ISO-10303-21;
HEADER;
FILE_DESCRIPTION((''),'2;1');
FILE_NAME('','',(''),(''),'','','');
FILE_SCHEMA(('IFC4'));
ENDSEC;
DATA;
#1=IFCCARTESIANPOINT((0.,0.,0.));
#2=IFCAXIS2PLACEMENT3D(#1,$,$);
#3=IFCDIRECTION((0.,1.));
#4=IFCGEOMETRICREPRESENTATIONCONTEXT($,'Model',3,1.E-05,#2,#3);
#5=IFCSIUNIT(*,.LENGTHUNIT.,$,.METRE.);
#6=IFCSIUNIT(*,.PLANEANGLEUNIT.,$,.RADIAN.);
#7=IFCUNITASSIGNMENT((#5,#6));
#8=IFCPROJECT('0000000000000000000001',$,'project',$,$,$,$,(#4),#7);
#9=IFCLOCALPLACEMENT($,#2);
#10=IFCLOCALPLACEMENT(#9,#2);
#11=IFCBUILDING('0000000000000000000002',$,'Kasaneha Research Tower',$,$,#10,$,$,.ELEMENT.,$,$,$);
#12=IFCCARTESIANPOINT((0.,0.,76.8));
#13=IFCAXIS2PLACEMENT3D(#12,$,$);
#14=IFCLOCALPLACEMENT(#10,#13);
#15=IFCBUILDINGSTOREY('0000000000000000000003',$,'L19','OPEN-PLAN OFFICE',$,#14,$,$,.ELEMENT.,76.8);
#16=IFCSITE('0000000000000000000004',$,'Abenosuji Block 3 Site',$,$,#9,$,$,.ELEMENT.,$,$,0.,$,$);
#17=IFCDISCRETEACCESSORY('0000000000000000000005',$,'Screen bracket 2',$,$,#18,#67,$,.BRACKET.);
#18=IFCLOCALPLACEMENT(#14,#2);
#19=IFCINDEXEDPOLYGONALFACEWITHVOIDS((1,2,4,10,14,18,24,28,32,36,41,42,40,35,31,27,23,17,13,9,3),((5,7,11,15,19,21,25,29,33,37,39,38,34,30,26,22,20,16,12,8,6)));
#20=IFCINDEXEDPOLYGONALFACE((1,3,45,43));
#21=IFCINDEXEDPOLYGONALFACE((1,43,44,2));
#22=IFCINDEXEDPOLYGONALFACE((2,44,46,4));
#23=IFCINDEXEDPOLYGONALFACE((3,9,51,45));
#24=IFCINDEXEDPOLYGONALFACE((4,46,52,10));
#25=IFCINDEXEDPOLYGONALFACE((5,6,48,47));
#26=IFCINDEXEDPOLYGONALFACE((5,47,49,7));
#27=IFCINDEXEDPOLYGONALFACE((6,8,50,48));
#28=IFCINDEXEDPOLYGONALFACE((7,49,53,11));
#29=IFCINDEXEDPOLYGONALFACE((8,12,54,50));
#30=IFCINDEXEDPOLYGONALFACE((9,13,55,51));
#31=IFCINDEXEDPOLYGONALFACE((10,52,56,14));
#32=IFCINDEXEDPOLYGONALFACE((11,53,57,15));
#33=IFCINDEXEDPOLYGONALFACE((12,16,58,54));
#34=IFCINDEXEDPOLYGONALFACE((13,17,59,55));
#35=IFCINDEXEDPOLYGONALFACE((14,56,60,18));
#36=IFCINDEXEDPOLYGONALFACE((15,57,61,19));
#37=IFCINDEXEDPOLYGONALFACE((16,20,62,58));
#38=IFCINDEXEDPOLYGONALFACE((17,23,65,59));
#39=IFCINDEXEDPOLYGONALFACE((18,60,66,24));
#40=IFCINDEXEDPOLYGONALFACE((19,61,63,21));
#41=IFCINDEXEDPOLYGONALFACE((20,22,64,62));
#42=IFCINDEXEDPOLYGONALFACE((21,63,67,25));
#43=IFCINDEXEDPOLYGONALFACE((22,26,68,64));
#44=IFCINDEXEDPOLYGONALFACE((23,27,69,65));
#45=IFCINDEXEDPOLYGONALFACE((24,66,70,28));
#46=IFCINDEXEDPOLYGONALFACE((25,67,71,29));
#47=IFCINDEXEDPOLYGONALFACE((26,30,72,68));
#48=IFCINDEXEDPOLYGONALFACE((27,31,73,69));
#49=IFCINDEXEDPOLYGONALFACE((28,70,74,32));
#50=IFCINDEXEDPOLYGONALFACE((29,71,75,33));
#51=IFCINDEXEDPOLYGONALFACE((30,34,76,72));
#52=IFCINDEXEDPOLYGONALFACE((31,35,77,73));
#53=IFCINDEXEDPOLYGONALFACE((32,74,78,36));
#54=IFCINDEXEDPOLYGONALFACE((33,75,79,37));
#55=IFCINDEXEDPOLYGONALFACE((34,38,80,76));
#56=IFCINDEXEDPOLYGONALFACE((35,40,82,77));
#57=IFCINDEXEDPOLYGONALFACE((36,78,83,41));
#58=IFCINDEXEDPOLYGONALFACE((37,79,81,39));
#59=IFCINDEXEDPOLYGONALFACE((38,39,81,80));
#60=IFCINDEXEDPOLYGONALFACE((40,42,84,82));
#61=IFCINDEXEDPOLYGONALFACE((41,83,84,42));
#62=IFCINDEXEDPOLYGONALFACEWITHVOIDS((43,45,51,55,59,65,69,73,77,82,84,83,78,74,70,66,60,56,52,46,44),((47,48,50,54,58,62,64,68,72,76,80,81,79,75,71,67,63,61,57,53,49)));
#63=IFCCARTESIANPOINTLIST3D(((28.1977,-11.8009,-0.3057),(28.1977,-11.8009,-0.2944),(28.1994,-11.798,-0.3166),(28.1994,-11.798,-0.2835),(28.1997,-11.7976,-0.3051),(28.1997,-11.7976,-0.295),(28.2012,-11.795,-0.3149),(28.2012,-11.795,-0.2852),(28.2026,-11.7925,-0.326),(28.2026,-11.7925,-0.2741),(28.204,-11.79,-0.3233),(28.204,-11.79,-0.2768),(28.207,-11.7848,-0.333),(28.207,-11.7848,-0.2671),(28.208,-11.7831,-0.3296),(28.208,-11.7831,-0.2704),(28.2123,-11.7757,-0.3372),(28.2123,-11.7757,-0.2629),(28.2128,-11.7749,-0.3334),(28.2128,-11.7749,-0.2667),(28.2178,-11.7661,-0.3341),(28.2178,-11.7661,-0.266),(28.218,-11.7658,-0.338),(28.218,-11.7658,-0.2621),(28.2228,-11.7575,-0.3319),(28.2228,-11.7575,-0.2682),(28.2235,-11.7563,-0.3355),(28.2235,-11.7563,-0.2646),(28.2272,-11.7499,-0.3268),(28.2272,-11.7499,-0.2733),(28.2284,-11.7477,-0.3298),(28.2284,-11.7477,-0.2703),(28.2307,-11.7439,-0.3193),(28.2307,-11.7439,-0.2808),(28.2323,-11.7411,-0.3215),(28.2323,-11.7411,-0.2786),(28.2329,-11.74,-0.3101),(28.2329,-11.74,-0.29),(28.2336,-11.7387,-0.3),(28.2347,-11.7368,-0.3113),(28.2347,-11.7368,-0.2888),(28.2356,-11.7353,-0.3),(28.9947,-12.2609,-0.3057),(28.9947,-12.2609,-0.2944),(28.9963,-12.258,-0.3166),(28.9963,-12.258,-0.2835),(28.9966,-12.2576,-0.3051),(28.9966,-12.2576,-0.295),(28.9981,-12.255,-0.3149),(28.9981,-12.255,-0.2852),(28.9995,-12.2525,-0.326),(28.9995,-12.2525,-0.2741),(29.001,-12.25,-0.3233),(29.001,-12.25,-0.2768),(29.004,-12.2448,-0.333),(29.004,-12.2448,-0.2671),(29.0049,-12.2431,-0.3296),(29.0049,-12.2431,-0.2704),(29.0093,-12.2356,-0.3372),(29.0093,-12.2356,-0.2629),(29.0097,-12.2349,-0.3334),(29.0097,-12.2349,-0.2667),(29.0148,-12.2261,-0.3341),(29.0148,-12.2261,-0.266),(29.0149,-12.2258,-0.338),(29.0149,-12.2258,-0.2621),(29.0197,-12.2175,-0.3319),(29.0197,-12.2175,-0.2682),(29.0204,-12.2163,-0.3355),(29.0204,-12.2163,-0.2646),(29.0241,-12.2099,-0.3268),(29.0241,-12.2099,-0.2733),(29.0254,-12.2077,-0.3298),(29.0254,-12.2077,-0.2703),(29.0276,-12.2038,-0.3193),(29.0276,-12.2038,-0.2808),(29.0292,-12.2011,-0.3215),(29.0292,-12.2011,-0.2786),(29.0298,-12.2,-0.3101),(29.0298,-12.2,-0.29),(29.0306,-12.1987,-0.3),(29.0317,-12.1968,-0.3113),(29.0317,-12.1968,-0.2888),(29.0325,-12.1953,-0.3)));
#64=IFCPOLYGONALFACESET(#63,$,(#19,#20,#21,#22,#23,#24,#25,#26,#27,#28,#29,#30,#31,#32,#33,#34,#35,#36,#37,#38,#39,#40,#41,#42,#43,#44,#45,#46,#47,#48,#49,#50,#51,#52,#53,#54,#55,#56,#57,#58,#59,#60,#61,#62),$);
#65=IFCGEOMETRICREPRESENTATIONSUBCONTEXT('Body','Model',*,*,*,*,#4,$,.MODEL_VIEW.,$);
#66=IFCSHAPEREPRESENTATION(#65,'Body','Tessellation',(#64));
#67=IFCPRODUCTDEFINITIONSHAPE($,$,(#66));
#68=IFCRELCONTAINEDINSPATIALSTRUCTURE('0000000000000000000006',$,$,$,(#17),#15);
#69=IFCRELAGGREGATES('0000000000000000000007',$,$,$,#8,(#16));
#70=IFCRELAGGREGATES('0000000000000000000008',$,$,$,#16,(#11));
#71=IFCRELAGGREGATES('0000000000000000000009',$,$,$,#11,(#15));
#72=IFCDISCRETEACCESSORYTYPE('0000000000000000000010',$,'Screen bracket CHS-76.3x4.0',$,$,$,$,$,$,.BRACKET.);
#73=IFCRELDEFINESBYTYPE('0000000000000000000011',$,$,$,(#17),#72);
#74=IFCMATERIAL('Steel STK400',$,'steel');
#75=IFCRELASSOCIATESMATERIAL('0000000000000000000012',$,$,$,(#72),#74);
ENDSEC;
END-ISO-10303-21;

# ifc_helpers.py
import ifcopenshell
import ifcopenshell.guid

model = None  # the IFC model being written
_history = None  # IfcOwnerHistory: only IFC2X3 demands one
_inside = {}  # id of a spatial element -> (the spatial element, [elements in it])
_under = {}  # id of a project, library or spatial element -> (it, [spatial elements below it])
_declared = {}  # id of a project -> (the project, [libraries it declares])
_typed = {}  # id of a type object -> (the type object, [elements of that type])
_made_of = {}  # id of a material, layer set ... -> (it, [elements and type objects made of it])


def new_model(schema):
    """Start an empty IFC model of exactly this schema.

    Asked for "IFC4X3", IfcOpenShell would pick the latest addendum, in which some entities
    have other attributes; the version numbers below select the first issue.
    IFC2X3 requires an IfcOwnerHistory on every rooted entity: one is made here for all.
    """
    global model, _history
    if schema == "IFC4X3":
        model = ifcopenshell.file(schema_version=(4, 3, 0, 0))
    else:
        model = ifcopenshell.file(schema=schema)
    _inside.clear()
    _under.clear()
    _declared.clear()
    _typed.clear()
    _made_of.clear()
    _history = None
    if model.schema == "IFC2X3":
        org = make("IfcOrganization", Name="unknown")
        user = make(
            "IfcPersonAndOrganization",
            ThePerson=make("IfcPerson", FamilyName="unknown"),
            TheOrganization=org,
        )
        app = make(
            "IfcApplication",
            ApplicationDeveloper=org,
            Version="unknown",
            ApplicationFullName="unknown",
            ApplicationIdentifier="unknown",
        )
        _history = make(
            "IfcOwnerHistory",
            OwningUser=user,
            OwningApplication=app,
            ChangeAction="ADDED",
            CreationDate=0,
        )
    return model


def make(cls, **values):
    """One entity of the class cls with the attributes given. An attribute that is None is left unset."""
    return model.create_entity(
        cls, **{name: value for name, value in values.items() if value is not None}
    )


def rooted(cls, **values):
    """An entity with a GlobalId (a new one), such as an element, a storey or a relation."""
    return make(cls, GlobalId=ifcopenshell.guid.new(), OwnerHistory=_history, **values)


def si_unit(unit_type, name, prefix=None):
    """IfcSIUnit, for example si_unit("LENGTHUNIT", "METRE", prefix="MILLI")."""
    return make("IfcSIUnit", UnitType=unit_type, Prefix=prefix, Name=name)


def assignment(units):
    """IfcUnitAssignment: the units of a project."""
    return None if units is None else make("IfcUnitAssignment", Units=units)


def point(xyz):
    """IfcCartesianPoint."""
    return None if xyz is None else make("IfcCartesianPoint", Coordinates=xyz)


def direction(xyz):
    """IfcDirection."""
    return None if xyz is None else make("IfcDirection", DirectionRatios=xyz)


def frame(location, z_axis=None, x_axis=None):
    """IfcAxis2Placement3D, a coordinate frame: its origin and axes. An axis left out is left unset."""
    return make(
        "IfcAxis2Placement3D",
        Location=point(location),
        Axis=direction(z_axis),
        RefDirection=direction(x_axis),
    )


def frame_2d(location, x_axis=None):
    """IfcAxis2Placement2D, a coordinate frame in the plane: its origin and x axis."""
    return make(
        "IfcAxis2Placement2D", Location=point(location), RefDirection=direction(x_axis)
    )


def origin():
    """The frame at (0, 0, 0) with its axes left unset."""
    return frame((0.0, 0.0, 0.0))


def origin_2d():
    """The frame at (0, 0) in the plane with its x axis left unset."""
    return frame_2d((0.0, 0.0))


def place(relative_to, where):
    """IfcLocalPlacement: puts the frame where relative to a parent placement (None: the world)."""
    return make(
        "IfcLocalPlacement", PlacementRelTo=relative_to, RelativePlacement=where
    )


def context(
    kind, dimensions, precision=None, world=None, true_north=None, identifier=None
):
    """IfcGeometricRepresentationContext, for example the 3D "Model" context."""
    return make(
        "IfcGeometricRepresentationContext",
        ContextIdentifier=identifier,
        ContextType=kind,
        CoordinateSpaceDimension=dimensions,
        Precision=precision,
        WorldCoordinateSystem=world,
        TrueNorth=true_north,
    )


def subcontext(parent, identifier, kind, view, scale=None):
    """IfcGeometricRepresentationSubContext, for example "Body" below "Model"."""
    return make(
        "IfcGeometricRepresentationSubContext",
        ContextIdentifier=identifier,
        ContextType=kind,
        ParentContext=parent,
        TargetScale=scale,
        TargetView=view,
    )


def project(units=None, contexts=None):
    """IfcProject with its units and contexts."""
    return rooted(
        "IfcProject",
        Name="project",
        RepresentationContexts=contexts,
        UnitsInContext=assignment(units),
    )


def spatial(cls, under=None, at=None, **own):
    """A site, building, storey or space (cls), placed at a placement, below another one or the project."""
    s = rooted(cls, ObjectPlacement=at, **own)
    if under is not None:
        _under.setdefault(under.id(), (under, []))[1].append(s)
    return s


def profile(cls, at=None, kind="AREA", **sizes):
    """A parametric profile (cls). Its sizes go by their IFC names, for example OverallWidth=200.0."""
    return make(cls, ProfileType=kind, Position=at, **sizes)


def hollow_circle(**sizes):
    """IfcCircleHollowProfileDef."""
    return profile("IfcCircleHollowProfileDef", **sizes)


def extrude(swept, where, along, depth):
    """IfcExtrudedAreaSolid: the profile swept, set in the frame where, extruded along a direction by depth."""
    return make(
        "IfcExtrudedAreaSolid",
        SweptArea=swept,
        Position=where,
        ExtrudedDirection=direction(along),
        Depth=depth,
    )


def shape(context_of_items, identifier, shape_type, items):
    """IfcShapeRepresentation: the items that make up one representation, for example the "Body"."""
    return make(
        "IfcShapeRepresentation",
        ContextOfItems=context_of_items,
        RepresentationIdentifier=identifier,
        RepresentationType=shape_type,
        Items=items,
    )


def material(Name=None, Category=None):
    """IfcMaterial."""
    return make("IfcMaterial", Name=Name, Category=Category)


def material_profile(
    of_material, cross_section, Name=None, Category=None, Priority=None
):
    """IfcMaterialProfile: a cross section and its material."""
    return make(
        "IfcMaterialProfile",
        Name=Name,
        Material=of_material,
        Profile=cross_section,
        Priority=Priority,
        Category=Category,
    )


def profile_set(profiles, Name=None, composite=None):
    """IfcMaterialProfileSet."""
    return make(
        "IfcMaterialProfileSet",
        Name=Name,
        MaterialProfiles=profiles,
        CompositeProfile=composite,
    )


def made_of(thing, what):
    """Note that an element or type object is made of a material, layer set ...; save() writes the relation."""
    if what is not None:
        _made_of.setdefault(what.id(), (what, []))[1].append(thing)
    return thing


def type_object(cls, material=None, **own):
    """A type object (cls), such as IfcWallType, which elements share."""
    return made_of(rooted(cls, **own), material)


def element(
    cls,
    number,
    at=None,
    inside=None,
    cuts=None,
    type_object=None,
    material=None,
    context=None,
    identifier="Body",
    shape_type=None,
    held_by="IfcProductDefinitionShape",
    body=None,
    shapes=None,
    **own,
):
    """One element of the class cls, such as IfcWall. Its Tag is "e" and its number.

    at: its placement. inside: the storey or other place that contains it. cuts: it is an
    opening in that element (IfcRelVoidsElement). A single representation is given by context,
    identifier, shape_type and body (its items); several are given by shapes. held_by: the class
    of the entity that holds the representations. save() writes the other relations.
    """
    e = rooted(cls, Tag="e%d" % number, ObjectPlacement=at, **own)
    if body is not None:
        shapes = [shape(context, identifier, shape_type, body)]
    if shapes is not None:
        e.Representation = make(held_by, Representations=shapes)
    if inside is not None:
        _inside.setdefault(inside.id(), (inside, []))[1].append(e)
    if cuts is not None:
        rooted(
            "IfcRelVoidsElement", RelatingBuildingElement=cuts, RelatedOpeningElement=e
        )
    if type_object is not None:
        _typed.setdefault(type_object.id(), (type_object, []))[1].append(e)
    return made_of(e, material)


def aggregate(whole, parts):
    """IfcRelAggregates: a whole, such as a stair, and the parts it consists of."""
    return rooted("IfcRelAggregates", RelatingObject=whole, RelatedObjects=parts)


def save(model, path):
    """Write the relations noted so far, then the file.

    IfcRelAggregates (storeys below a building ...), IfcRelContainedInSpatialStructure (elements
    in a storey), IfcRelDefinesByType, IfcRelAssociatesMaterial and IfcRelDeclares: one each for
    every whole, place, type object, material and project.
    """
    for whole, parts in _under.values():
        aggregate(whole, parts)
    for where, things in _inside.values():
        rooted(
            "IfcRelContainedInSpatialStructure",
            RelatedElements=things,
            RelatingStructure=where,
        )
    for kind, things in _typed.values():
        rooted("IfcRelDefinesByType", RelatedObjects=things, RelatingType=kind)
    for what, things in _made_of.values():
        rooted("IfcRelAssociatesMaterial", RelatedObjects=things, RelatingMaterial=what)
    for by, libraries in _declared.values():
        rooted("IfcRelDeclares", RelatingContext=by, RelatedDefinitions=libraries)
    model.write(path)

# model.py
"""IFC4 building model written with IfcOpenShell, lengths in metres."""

from ifc_helpers import new_model, si_unit, direction, frame, origin, origin_2d, place, context, subcontext, project, spatial, hollow_circle, extrude, material, material_profile, profile_set, type_object, element, save


model = new_model("IFC4")

# Units and contexts
model_context = context("Model", 3, precision=1e-05, world=origin(), true_north=direction((0.0, 1.0)))
body_context = subcontext(model_context, "Body", "Model", "MODEL_VIEW")
ifc_project = project(units=[si_unit("LENGTHUNIT", "METRE"), si_unit("PLANEANGLEUNIT", "RADIAN")], contexts=[model_context])

# Site, building, storey
site_placement = place(None, origin())
site = spatial("IfcSite", under=ifc_project, at=site_placement, Name="Abenosuji Block 3 Site", CompositionType="ELEMENT", RefElevation=0.0)
building_placement = place(site_placement, origin())
building = spatial("IfcBuilding", under=site, at=building_placement, Name="Kasaneha Research Tower", CompositionType="ELEMENT")
storey_placement = place(building_placement, frame((0.0, 0.0, 76.8)))
storey = spatial("IfcBuildingStorey", under=building, at=storey_placement, Name="L19", Description="OPEN-PLAN OFFICE", CompositionType="ELEMENT", Elevation=76.8)

# Discrete accessory
ifc_material_1 = material(Name="Steel STK400", Category="steel")
ifc_material_profile_1 = material_profile(ifc_material_1, hollow_circle(Radius=0.0381, WallThickness=0.0039, at=origin_2d()), Name="CHS-76.3x4.0")
ifc_profile_set_1 = profile_set([ifc_material_profile_1], Name="Steel STK400")
discrete_accessory_type = type_object("IfcDiscreteAccessoryType", Name="Screen bracket CHS-76.3x4.0", PredefinedType="BRACKET", material=ifc_profile_set_1)
for number, where, z_axis, x_axis, name in (
    (1, (28.2166, -11.7683, -0.3), (0.86608, -0.499906, 0.0), (0.499906, 0.86608, 0.0), "Screen bracket 2"),
):
    element("IfcDiscreteAccessory", number, at=place(storey_placement, frame(where, z_axis=z_axis, x_axis=x_axis)), inside=storey, type_object=discrete_accessory_type, Name=name, PredefinedType="BRACKET", context=body_context, shape_type="SweptSolid", body=[
        extrude(hollow_circle(Radius=0.0381, WallThickness=0.0039, at=origin_2d()), origin(), (0.0, 0.0, 1.0), 0.9202),
    ])

save(model, "model.ifc")
